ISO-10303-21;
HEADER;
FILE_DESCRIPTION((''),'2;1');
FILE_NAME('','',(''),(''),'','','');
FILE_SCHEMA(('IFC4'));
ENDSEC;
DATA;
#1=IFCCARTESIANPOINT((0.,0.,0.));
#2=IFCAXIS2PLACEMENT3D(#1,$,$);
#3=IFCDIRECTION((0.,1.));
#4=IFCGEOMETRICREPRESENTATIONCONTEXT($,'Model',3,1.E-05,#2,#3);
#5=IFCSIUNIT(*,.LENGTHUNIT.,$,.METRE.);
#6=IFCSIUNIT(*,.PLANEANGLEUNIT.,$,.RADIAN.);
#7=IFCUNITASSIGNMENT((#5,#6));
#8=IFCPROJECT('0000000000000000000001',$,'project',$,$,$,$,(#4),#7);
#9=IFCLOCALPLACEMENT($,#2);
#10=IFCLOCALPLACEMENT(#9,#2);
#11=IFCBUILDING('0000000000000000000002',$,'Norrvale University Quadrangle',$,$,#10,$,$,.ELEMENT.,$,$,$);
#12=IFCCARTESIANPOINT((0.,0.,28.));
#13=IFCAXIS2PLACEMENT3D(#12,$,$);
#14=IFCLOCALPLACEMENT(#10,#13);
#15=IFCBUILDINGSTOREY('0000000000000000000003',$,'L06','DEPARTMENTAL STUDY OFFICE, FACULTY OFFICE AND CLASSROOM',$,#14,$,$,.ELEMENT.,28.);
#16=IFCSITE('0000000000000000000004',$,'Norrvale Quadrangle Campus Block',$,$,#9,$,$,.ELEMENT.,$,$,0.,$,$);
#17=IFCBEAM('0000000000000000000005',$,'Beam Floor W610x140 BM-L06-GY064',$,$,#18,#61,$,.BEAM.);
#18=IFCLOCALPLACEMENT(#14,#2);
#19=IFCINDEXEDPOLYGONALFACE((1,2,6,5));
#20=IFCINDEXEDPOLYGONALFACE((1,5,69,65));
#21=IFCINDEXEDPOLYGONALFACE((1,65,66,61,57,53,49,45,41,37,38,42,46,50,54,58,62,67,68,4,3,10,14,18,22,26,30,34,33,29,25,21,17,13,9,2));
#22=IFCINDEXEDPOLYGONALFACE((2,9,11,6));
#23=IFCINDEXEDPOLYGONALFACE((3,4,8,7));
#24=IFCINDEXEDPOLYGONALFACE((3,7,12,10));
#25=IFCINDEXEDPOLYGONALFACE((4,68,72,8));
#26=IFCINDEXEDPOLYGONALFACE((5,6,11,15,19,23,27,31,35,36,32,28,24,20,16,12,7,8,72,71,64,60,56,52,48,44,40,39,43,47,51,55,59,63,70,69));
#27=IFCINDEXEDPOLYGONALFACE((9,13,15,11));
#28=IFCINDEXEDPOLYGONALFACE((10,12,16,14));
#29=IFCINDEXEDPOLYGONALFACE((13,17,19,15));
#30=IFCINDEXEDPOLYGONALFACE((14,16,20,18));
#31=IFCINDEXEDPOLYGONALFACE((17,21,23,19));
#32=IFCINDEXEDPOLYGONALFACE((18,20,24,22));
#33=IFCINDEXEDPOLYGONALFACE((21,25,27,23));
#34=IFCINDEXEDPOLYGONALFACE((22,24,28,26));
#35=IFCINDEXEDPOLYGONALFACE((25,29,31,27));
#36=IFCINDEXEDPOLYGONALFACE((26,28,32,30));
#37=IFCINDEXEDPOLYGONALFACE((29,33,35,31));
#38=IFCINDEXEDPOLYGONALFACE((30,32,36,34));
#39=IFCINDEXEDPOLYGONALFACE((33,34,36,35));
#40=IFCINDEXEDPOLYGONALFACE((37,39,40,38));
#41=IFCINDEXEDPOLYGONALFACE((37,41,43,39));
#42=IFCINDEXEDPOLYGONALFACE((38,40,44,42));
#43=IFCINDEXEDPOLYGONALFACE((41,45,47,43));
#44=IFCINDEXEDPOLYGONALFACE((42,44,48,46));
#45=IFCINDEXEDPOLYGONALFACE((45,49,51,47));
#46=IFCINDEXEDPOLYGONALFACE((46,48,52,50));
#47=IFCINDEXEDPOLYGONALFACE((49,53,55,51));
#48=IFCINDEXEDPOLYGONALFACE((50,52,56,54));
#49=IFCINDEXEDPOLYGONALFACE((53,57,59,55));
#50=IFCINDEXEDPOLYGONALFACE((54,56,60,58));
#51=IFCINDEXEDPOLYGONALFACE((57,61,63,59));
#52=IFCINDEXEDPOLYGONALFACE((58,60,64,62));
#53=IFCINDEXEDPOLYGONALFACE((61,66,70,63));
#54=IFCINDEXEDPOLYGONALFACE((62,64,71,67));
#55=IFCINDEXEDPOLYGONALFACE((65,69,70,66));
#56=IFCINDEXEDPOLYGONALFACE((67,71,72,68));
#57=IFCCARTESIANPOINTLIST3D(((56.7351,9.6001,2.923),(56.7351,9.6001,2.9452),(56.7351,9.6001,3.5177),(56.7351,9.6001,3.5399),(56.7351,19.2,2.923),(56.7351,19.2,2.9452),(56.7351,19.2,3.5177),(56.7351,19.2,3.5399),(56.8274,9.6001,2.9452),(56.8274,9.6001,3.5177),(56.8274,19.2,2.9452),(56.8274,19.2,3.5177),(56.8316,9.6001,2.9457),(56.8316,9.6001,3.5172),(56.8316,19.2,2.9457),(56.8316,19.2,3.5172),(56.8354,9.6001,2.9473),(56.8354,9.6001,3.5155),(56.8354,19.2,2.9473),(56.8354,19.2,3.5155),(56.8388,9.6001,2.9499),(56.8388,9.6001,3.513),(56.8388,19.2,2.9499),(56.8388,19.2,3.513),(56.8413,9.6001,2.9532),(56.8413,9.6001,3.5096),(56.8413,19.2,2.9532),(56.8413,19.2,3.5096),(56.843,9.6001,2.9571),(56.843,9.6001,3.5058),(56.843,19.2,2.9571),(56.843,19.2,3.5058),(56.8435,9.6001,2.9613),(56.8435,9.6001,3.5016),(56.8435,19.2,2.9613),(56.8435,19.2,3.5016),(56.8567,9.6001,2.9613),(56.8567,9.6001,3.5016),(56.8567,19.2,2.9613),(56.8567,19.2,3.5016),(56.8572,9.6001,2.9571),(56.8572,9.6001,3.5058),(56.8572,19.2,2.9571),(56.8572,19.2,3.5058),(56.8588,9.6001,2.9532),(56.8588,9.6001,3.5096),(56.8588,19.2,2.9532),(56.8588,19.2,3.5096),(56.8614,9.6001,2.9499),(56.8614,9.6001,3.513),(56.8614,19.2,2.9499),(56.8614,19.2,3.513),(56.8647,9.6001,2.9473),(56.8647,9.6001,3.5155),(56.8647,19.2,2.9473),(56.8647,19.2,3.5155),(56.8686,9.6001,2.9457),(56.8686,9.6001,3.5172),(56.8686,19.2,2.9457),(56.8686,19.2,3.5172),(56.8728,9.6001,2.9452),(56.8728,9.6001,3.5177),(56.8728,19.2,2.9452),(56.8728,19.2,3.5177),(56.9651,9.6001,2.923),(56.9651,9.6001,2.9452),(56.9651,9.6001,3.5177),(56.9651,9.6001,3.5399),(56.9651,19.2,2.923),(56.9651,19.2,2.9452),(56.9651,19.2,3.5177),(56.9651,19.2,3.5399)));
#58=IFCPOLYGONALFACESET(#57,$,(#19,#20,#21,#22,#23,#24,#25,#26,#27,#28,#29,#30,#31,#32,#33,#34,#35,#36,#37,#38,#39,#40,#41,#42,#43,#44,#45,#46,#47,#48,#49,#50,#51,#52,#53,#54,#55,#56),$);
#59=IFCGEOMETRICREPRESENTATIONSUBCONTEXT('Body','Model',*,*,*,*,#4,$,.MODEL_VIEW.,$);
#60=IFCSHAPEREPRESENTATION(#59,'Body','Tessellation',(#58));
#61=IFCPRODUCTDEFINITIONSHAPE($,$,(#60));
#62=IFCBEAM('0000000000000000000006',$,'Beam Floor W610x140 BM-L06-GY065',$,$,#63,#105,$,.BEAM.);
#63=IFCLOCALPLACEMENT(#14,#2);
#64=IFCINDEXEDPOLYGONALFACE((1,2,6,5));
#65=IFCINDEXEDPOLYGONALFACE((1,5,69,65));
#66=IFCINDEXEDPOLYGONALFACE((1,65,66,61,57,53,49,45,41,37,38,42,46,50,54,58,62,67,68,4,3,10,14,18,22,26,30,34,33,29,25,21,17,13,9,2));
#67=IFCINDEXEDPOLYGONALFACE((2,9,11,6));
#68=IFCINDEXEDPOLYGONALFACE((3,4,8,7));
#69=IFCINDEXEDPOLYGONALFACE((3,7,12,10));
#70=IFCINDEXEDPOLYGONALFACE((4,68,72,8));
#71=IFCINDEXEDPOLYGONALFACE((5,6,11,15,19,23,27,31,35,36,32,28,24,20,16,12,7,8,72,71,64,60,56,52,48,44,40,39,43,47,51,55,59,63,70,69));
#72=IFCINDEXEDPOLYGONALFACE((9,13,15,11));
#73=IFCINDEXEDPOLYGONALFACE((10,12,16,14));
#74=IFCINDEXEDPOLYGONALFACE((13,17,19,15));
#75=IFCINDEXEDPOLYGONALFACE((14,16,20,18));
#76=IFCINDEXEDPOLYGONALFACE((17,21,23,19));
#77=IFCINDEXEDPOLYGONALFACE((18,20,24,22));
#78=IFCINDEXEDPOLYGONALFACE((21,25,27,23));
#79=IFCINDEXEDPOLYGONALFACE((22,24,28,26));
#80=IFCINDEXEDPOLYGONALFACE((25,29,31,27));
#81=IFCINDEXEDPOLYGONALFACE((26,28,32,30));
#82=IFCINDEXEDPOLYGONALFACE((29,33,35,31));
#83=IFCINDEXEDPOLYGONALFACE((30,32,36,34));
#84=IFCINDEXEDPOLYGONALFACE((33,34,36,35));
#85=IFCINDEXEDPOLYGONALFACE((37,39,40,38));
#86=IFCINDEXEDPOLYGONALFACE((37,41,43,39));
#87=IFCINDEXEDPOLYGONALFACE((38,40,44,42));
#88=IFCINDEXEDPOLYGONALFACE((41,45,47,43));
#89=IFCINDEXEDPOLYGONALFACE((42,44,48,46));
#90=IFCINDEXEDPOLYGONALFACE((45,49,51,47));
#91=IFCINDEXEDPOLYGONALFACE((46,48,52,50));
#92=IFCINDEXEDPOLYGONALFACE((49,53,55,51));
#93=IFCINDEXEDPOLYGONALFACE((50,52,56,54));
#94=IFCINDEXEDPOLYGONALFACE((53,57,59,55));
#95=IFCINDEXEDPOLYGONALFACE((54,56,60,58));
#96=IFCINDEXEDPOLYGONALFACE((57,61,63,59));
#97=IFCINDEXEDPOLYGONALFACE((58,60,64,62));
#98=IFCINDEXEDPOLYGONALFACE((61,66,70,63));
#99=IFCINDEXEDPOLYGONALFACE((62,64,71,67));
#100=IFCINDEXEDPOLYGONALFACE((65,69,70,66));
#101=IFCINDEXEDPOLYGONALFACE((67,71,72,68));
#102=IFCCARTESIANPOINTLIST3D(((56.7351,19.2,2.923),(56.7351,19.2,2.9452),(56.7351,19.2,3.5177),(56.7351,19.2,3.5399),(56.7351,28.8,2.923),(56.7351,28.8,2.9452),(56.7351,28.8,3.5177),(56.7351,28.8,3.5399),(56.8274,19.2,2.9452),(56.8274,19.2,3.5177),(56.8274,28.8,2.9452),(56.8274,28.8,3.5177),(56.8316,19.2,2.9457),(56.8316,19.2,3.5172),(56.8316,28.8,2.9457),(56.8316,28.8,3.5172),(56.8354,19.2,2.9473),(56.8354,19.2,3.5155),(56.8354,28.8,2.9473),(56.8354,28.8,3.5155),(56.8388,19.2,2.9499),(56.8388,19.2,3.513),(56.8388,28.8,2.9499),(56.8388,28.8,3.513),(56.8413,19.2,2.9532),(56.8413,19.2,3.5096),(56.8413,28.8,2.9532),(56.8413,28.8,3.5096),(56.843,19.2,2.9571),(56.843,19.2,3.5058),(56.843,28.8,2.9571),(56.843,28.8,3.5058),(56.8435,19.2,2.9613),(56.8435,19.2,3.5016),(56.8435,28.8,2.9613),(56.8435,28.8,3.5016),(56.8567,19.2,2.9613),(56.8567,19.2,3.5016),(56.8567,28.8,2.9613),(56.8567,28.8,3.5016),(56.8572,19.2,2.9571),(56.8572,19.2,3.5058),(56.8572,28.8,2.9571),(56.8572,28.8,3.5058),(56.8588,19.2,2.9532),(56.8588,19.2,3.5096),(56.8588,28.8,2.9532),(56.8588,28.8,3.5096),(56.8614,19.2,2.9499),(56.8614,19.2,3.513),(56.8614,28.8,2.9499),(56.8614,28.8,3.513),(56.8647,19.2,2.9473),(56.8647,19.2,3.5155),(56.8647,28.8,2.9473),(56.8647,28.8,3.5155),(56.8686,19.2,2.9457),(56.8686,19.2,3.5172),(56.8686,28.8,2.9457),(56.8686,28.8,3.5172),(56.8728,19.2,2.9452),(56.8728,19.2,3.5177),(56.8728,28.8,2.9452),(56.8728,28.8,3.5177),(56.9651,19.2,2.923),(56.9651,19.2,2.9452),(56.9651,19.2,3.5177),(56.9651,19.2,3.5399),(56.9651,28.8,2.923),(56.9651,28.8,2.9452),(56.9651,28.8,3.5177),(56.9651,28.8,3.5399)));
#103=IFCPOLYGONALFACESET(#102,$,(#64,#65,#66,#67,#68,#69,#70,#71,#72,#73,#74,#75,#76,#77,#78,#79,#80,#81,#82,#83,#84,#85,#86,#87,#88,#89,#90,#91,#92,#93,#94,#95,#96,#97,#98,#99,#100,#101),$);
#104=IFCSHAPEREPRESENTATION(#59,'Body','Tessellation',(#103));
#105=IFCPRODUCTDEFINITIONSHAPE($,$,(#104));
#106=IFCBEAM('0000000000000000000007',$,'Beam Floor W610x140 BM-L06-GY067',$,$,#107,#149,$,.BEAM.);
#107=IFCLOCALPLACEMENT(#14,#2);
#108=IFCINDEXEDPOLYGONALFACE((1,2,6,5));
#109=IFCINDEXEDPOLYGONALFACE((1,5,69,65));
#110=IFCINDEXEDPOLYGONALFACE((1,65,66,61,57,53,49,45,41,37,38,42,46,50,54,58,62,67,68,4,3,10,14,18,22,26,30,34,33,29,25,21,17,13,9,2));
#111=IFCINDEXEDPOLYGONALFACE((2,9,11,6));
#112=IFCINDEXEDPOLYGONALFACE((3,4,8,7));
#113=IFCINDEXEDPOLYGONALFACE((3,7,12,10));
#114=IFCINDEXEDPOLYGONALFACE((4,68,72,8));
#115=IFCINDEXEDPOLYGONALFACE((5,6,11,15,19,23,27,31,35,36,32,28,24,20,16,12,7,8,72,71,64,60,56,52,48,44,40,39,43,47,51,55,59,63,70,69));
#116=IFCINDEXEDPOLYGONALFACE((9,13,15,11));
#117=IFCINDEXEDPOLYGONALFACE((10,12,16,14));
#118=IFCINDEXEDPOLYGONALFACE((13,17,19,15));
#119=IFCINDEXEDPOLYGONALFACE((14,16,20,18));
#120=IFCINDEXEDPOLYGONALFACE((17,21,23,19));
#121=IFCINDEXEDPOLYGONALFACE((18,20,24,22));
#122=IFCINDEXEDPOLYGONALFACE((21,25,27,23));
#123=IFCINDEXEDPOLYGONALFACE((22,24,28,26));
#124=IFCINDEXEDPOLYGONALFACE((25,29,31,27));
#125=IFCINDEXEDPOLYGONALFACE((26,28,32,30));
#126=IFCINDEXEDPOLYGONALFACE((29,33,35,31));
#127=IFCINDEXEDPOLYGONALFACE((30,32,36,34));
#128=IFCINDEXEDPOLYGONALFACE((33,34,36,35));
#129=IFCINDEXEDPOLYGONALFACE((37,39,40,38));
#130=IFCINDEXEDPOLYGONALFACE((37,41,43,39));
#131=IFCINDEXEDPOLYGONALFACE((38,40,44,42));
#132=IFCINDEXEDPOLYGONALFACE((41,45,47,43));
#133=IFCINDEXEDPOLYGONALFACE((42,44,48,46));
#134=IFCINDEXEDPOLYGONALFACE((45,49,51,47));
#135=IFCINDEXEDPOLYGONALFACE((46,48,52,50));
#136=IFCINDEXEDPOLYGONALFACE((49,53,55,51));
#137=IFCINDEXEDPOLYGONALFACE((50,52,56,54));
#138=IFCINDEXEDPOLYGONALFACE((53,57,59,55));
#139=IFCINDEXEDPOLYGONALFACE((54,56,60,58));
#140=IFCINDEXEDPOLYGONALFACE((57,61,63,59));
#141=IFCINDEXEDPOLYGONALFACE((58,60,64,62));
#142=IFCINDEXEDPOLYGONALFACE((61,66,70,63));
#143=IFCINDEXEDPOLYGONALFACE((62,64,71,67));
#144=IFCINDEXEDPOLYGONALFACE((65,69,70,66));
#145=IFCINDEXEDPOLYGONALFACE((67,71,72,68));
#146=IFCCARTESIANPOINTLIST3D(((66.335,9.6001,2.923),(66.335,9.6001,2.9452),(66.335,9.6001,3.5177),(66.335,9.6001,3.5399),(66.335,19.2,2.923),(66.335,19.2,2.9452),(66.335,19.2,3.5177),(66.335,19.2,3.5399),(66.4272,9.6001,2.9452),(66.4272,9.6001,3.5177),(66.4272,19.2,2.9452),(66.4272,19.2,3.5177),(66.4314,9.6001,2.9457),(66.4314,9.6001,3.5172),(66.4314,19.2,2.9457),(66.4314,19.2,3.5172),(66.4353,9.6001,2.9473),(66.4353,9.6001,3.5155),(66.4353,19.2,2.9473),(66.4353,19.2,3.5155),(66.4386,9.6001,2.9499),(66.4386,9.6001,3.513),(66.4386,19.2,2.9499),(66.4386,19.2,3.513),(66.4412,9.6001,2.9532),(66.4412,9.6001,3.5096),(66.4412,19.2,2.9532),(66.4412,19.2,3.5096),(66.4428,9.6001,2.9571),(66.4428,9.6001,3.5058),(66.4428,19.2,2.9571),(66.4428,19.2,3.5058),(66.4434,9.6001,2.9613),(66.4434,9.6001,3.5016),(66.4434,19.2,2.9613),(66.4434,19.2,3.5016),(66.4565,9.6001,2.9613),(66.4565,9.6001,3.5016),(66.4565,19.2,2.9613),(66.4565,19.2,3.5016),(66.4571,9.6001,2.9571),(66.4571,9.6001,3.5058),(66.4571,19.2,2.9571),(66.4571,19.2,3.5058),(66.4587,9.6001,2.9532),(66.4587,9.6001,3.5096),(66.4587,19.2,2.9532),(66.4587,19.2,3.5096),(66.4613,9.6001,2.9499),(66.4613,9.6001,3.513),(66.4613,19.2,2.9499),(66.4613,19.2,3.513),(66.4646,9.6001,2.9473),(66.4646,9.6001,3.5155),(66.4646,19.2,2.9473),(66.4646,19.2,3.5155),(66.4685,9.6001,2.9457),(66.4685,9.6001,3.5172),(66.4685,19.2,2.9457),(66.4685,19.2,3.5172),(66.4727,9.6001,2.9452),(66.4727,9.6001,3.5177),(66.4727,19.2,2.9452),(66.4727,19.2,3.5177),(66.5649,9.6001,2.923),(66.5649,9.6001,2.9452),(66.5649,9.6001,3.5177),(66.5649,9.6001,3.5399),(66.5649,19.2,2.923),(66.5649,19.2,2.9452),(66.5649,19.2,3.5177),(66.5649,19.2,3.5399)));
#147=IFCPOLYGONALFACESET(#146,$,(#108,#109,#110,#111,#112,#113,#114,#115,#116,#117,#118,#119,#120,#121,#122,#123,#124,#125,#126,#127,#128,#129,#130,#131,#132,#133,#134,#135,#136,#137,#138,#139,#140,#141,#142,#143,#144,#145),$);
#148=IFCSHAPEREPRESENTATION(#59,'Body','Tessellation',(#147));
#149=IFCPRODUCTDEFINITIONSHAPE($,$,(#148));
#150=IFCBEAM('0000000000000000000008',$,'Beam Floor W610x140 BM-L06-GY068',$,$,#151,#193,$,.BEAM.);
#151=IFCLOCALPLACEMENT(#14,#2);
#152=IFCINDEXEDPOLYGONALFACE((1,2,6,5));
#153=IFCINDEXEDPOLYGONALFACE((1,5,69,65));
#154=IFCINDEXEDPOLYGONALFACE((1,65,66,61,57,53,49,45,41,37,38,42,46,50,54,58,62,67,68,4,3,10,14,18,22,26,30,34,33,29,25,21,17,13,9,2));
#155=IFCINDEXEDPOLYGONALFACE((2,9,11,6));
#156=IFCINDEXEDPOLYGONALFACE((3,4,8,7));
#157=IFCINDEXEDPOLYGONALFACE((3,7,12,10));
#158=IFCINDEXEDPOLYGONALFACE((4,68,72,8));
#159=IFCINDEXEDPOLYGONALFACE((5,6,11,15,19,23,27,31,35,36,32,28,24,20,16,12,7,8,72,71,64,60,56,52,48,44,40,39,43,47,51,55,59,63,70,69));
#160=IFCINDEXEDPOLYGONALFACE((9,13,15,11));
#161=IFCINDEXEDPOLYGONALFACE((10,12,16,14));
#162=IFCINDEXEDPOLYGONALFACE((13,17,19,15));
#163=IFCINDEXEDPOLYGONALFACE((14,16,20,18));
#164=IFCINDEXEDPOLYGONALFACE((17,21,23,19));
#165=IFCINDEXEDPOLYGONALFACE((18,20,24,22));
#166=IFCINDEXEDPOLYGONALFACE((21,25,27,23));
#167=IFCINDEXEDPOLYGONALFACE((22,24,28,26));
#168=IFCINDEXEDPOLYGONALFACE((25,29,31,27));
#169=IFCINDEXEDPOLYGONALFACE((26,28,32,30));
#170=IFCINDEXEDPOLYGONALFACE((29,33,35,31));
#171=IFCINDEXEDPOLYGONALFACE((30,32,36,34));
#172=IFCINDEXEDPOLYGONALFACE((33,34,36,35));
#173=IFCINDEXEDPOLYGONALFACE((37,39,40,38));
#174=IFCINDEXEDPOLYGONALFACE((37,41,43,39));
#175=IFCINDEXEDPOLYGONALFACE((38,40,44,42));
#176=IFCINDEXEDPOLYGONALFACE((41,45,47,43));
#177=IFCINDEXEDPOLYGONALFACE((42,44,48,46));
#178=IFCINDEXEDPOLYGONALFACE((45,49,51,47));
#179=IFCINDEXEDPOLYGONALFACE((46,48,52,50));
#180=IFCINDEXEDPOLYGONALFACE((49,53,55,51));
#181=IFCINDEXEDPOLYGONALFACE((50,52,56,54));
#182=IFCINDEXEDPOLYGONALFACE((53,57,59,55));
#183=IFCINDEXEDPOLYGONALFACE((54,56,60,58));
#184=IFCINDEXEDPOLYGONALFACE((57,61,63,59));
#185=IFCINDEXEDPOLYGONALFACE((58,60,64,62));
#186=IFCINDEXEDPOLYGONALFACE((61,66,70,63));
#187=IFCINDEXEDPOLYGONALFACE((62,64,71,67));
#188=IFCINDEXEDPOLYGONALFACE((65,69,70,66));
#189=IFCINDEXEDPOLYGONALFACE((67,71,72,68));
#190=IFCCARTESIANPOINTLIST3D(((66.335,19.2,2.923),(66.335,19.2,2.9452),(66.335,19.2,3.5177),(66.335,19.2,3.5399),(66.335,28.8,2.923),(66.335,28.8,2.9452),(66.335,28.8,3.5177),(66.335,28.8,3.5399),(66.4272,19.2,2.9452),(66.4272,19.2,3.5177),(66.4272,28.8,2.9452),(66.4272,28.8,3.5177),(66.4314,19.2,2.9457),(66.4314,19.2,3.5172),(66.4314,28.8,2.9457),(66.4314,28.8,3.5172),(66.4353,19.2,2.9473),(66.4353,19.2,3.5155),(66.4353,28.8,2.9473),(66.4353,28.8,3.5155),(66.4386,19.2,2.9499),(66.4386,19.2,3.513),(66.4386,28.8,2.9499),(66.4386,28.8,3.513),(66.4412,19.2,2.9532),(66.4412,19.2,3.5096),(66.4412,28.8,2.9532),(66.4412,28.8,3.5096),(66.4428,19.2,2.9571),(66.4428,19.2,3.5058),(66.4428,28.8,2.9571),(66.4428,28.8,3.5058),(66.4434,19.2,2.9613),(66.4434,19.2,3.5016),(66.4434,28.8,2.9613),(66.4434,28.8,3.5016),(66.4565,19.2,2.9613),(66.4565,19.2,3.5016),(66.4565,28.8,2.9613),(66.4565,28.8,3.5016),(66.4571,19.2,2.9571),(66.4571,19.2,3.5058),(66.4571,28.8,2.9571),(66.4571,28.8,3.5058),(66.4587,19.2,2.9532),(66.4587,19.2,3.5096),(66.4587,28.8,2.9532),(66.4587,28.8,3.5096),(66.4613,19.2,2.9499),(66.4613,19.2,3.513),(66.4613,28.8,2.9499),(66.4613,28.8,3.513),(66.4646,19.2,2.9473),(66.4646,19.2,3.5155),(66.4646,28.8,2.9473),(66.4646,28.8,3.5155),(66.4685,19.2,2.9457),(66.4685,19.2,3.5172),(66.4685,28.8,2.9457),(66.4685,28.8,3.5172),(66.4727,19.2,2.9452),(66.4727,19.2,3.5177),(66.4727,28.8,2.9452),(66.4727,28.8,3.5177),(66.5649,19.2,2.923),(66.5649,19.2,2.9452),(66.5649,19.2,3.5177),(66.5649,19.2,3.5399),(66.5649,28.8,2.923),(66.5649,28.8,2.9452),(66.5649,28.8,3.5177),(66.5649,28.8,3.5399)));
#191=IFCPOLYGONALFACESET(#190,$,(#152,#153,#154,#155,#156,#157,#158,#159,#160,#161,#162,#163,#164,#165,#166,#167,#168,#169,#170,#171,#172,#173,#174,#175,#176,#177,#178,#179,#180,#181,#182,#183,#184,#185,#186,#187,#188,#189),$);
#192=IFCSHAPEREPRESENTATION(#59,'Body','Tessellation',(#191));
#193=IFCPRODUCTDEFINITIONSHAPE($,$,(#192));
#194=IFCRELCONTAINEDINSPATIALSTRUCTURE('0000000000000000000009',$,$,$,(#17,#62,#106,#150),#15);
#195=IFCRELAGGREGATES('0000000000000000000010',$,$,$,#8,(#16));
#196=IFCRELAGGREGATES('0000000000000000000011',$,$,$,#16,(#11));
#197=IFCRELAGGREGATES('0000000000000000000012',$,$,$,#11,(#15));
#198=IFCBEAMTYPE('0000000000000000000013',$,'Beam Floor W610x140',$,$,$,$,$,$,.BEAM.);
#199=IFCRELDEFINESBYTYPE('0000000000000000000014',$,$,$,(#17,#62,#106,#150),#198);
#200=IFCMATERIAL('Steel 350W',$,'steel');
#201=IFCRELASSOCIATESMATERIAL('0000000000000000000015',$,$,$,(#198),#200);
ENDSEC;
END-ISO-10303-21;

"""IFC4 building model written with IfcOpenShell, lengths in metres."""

from ifc_helpers import new_model, si_unit, direction, frame, origin, origin_2d, place, context, subcontext, project, spatial, i_section, extrude, material, material_profile, profile_set, type_object, element, save


model = new_model("IFC4")

# Units and contexts
model_context = context("Model", 3, precision=1e-05, world=origin(), true_north=direction((0.0, 1.0)))
body_context = subcontext(model_context, "Body", "Model", "MODEL_VIEW")
ifc_project = project(units=[si_unit("LENGTHUNIT", "METRE"), si_unit("PLANEANGLEUNIT", "RADIAN")], contexts=[model_context])

# Site, building, storey
site_placement = place(None, origin())
site = spatial("IfcSite", under=ifc_project, at=site_placement, Name="Norrvale Quadrangle Campus Block", CompositionType="ELEMENT", RefElevation=0.0)
building_placement = place(site_placement, origin())
building = spatial("IfcBuilding", under=site, at=building_placement, Name="Norrvale University Quadrangle", CompositionType="ELEMENT")
storey_placement = place(building_placement, frame((0.0, 0.0, 28.0)))
storey = spatial("IfcBuildingStorey", under=building, at=storey_placement, Name="L06", Description="DEPARTMENTAL STUDY OFFICE, FACULTY OFFICE AND CLASSROOM", CompositionType="ELEMENT", Elevation=28.0)

# Beams
ifc_material_1 = material(Name="Steel 350W", Category="steel")
ifc_material_profile_1 = material_profile(ifc_material_1, i_section(OverallWidth=0.23, OverallDepth=0.6169, WebThickness=0.0132, FlangeThickness=0.0222, FilletRadius=0.0161, at=origin_2d()), Name="Steel 350W")
ifc_profile_set_1 = profile_set([ifc_material_profile_1], Name="Steel 350W")
beam_type_1 = type_object("IfcBeamType", Name="Beam Floor W610x140", PredefinedType="BEAM", material=ifc_profile_set_1)
beam_1_placement = place(storey_placement, frame((56.8501, 9.6001, 3.2314), z_axis=(0.0, 1.0, 0.0), x_axis=(-1.0, 0.0, 0.0)))
element("IfcBeam", 1, at=beam_1_placement, inside=storey, type_object=beam_type_1, Name="Beam Floor W610x140 BM-L06-GY064", PredefinedType="BEAM", context=body_context, shape_type="SweptSolid", body=[
    extrude(i_section(OverallWidth=0.23, OverallDepth=0.6169, WebThickness=0.0132, FlangeThickness=0.0222, FilletRadius=0.0161, at=origin_2d()), origin(), (0.0, 0.0, 1.0), 9.5999),
])
beam_2_placement = place(storey_placement, frame((56.8501, 19.2, 3.2314), z_axis=(0.0, 1.0, 0.0), x_axis=(-1.0, 0.0, 0.0)))
element("IfcBeam", 2, at=beam_2_placement, inside=storey, type_object=beam_type_1, Name="Beam Floor W610x140 BM-L06-GY065", PredefinedType="BEAM", context=body_context, shape_type="SweptSolid", body=[
    extrude(i_section(OverallWidth=0.23, OverallDepth=0.6169, WebThickness=0.0132, FlangeThickness=0.0222, FilletRadius=0.0161, at=origin_2d()), origin(), (0.0, 0.0, 1.0), 9.6001),
])
beam_3_placement = place(storey_placement, frame((66.45, 9.6001, 3.2314), z_axis=(0.0, 1.0, 0.0), x_axis=(-1.0, 0.0, 0.0)))
element("IfcBeam", 3, at=beam_3_placement, inside=storey, type_object=beam_type_1, Name="Beam Floor W610x140 BM-L06-GY067", PredefinedType="BEAM", context=body_context, shape_type="SweptSolid", body=[
    extrude(i_section(OverallWidth=0.23, OverallDepth=0.6169, WebThickness=0.0132, FlangeThickness=0.0222, FilletRadius=0.0161, at=origin_2d()), origin(), (0.0, 0.0, 1.0), 9.5999),
])
beam_4_placement = place(storey_placement, frame((66.45, 19.2, 3.2314), z_axis=(0.0, 1.0, 0.0), x_axis=(-1.0, 0.0, 0.0)))
element("IfcBeam", 4, at=beam_4_placement, inside=storey, type_object=beam_type_1, Name="Beam Floor W610x140 BM-L06-GY068", PredefinedType="BEAM", context=body_context, shape_type="SweptSolid", body=[
    extrude(i_section(OverallWidth=0.23, OverallDepth=0.6169, WebThickness=0.0132, FlangeThickness=0.0222, FilletRadius=0.0161, at=origin_2d()), origin(), (0.0, 0.0, 1.0), 9.6001),
])

save(model, "model.ifc")
